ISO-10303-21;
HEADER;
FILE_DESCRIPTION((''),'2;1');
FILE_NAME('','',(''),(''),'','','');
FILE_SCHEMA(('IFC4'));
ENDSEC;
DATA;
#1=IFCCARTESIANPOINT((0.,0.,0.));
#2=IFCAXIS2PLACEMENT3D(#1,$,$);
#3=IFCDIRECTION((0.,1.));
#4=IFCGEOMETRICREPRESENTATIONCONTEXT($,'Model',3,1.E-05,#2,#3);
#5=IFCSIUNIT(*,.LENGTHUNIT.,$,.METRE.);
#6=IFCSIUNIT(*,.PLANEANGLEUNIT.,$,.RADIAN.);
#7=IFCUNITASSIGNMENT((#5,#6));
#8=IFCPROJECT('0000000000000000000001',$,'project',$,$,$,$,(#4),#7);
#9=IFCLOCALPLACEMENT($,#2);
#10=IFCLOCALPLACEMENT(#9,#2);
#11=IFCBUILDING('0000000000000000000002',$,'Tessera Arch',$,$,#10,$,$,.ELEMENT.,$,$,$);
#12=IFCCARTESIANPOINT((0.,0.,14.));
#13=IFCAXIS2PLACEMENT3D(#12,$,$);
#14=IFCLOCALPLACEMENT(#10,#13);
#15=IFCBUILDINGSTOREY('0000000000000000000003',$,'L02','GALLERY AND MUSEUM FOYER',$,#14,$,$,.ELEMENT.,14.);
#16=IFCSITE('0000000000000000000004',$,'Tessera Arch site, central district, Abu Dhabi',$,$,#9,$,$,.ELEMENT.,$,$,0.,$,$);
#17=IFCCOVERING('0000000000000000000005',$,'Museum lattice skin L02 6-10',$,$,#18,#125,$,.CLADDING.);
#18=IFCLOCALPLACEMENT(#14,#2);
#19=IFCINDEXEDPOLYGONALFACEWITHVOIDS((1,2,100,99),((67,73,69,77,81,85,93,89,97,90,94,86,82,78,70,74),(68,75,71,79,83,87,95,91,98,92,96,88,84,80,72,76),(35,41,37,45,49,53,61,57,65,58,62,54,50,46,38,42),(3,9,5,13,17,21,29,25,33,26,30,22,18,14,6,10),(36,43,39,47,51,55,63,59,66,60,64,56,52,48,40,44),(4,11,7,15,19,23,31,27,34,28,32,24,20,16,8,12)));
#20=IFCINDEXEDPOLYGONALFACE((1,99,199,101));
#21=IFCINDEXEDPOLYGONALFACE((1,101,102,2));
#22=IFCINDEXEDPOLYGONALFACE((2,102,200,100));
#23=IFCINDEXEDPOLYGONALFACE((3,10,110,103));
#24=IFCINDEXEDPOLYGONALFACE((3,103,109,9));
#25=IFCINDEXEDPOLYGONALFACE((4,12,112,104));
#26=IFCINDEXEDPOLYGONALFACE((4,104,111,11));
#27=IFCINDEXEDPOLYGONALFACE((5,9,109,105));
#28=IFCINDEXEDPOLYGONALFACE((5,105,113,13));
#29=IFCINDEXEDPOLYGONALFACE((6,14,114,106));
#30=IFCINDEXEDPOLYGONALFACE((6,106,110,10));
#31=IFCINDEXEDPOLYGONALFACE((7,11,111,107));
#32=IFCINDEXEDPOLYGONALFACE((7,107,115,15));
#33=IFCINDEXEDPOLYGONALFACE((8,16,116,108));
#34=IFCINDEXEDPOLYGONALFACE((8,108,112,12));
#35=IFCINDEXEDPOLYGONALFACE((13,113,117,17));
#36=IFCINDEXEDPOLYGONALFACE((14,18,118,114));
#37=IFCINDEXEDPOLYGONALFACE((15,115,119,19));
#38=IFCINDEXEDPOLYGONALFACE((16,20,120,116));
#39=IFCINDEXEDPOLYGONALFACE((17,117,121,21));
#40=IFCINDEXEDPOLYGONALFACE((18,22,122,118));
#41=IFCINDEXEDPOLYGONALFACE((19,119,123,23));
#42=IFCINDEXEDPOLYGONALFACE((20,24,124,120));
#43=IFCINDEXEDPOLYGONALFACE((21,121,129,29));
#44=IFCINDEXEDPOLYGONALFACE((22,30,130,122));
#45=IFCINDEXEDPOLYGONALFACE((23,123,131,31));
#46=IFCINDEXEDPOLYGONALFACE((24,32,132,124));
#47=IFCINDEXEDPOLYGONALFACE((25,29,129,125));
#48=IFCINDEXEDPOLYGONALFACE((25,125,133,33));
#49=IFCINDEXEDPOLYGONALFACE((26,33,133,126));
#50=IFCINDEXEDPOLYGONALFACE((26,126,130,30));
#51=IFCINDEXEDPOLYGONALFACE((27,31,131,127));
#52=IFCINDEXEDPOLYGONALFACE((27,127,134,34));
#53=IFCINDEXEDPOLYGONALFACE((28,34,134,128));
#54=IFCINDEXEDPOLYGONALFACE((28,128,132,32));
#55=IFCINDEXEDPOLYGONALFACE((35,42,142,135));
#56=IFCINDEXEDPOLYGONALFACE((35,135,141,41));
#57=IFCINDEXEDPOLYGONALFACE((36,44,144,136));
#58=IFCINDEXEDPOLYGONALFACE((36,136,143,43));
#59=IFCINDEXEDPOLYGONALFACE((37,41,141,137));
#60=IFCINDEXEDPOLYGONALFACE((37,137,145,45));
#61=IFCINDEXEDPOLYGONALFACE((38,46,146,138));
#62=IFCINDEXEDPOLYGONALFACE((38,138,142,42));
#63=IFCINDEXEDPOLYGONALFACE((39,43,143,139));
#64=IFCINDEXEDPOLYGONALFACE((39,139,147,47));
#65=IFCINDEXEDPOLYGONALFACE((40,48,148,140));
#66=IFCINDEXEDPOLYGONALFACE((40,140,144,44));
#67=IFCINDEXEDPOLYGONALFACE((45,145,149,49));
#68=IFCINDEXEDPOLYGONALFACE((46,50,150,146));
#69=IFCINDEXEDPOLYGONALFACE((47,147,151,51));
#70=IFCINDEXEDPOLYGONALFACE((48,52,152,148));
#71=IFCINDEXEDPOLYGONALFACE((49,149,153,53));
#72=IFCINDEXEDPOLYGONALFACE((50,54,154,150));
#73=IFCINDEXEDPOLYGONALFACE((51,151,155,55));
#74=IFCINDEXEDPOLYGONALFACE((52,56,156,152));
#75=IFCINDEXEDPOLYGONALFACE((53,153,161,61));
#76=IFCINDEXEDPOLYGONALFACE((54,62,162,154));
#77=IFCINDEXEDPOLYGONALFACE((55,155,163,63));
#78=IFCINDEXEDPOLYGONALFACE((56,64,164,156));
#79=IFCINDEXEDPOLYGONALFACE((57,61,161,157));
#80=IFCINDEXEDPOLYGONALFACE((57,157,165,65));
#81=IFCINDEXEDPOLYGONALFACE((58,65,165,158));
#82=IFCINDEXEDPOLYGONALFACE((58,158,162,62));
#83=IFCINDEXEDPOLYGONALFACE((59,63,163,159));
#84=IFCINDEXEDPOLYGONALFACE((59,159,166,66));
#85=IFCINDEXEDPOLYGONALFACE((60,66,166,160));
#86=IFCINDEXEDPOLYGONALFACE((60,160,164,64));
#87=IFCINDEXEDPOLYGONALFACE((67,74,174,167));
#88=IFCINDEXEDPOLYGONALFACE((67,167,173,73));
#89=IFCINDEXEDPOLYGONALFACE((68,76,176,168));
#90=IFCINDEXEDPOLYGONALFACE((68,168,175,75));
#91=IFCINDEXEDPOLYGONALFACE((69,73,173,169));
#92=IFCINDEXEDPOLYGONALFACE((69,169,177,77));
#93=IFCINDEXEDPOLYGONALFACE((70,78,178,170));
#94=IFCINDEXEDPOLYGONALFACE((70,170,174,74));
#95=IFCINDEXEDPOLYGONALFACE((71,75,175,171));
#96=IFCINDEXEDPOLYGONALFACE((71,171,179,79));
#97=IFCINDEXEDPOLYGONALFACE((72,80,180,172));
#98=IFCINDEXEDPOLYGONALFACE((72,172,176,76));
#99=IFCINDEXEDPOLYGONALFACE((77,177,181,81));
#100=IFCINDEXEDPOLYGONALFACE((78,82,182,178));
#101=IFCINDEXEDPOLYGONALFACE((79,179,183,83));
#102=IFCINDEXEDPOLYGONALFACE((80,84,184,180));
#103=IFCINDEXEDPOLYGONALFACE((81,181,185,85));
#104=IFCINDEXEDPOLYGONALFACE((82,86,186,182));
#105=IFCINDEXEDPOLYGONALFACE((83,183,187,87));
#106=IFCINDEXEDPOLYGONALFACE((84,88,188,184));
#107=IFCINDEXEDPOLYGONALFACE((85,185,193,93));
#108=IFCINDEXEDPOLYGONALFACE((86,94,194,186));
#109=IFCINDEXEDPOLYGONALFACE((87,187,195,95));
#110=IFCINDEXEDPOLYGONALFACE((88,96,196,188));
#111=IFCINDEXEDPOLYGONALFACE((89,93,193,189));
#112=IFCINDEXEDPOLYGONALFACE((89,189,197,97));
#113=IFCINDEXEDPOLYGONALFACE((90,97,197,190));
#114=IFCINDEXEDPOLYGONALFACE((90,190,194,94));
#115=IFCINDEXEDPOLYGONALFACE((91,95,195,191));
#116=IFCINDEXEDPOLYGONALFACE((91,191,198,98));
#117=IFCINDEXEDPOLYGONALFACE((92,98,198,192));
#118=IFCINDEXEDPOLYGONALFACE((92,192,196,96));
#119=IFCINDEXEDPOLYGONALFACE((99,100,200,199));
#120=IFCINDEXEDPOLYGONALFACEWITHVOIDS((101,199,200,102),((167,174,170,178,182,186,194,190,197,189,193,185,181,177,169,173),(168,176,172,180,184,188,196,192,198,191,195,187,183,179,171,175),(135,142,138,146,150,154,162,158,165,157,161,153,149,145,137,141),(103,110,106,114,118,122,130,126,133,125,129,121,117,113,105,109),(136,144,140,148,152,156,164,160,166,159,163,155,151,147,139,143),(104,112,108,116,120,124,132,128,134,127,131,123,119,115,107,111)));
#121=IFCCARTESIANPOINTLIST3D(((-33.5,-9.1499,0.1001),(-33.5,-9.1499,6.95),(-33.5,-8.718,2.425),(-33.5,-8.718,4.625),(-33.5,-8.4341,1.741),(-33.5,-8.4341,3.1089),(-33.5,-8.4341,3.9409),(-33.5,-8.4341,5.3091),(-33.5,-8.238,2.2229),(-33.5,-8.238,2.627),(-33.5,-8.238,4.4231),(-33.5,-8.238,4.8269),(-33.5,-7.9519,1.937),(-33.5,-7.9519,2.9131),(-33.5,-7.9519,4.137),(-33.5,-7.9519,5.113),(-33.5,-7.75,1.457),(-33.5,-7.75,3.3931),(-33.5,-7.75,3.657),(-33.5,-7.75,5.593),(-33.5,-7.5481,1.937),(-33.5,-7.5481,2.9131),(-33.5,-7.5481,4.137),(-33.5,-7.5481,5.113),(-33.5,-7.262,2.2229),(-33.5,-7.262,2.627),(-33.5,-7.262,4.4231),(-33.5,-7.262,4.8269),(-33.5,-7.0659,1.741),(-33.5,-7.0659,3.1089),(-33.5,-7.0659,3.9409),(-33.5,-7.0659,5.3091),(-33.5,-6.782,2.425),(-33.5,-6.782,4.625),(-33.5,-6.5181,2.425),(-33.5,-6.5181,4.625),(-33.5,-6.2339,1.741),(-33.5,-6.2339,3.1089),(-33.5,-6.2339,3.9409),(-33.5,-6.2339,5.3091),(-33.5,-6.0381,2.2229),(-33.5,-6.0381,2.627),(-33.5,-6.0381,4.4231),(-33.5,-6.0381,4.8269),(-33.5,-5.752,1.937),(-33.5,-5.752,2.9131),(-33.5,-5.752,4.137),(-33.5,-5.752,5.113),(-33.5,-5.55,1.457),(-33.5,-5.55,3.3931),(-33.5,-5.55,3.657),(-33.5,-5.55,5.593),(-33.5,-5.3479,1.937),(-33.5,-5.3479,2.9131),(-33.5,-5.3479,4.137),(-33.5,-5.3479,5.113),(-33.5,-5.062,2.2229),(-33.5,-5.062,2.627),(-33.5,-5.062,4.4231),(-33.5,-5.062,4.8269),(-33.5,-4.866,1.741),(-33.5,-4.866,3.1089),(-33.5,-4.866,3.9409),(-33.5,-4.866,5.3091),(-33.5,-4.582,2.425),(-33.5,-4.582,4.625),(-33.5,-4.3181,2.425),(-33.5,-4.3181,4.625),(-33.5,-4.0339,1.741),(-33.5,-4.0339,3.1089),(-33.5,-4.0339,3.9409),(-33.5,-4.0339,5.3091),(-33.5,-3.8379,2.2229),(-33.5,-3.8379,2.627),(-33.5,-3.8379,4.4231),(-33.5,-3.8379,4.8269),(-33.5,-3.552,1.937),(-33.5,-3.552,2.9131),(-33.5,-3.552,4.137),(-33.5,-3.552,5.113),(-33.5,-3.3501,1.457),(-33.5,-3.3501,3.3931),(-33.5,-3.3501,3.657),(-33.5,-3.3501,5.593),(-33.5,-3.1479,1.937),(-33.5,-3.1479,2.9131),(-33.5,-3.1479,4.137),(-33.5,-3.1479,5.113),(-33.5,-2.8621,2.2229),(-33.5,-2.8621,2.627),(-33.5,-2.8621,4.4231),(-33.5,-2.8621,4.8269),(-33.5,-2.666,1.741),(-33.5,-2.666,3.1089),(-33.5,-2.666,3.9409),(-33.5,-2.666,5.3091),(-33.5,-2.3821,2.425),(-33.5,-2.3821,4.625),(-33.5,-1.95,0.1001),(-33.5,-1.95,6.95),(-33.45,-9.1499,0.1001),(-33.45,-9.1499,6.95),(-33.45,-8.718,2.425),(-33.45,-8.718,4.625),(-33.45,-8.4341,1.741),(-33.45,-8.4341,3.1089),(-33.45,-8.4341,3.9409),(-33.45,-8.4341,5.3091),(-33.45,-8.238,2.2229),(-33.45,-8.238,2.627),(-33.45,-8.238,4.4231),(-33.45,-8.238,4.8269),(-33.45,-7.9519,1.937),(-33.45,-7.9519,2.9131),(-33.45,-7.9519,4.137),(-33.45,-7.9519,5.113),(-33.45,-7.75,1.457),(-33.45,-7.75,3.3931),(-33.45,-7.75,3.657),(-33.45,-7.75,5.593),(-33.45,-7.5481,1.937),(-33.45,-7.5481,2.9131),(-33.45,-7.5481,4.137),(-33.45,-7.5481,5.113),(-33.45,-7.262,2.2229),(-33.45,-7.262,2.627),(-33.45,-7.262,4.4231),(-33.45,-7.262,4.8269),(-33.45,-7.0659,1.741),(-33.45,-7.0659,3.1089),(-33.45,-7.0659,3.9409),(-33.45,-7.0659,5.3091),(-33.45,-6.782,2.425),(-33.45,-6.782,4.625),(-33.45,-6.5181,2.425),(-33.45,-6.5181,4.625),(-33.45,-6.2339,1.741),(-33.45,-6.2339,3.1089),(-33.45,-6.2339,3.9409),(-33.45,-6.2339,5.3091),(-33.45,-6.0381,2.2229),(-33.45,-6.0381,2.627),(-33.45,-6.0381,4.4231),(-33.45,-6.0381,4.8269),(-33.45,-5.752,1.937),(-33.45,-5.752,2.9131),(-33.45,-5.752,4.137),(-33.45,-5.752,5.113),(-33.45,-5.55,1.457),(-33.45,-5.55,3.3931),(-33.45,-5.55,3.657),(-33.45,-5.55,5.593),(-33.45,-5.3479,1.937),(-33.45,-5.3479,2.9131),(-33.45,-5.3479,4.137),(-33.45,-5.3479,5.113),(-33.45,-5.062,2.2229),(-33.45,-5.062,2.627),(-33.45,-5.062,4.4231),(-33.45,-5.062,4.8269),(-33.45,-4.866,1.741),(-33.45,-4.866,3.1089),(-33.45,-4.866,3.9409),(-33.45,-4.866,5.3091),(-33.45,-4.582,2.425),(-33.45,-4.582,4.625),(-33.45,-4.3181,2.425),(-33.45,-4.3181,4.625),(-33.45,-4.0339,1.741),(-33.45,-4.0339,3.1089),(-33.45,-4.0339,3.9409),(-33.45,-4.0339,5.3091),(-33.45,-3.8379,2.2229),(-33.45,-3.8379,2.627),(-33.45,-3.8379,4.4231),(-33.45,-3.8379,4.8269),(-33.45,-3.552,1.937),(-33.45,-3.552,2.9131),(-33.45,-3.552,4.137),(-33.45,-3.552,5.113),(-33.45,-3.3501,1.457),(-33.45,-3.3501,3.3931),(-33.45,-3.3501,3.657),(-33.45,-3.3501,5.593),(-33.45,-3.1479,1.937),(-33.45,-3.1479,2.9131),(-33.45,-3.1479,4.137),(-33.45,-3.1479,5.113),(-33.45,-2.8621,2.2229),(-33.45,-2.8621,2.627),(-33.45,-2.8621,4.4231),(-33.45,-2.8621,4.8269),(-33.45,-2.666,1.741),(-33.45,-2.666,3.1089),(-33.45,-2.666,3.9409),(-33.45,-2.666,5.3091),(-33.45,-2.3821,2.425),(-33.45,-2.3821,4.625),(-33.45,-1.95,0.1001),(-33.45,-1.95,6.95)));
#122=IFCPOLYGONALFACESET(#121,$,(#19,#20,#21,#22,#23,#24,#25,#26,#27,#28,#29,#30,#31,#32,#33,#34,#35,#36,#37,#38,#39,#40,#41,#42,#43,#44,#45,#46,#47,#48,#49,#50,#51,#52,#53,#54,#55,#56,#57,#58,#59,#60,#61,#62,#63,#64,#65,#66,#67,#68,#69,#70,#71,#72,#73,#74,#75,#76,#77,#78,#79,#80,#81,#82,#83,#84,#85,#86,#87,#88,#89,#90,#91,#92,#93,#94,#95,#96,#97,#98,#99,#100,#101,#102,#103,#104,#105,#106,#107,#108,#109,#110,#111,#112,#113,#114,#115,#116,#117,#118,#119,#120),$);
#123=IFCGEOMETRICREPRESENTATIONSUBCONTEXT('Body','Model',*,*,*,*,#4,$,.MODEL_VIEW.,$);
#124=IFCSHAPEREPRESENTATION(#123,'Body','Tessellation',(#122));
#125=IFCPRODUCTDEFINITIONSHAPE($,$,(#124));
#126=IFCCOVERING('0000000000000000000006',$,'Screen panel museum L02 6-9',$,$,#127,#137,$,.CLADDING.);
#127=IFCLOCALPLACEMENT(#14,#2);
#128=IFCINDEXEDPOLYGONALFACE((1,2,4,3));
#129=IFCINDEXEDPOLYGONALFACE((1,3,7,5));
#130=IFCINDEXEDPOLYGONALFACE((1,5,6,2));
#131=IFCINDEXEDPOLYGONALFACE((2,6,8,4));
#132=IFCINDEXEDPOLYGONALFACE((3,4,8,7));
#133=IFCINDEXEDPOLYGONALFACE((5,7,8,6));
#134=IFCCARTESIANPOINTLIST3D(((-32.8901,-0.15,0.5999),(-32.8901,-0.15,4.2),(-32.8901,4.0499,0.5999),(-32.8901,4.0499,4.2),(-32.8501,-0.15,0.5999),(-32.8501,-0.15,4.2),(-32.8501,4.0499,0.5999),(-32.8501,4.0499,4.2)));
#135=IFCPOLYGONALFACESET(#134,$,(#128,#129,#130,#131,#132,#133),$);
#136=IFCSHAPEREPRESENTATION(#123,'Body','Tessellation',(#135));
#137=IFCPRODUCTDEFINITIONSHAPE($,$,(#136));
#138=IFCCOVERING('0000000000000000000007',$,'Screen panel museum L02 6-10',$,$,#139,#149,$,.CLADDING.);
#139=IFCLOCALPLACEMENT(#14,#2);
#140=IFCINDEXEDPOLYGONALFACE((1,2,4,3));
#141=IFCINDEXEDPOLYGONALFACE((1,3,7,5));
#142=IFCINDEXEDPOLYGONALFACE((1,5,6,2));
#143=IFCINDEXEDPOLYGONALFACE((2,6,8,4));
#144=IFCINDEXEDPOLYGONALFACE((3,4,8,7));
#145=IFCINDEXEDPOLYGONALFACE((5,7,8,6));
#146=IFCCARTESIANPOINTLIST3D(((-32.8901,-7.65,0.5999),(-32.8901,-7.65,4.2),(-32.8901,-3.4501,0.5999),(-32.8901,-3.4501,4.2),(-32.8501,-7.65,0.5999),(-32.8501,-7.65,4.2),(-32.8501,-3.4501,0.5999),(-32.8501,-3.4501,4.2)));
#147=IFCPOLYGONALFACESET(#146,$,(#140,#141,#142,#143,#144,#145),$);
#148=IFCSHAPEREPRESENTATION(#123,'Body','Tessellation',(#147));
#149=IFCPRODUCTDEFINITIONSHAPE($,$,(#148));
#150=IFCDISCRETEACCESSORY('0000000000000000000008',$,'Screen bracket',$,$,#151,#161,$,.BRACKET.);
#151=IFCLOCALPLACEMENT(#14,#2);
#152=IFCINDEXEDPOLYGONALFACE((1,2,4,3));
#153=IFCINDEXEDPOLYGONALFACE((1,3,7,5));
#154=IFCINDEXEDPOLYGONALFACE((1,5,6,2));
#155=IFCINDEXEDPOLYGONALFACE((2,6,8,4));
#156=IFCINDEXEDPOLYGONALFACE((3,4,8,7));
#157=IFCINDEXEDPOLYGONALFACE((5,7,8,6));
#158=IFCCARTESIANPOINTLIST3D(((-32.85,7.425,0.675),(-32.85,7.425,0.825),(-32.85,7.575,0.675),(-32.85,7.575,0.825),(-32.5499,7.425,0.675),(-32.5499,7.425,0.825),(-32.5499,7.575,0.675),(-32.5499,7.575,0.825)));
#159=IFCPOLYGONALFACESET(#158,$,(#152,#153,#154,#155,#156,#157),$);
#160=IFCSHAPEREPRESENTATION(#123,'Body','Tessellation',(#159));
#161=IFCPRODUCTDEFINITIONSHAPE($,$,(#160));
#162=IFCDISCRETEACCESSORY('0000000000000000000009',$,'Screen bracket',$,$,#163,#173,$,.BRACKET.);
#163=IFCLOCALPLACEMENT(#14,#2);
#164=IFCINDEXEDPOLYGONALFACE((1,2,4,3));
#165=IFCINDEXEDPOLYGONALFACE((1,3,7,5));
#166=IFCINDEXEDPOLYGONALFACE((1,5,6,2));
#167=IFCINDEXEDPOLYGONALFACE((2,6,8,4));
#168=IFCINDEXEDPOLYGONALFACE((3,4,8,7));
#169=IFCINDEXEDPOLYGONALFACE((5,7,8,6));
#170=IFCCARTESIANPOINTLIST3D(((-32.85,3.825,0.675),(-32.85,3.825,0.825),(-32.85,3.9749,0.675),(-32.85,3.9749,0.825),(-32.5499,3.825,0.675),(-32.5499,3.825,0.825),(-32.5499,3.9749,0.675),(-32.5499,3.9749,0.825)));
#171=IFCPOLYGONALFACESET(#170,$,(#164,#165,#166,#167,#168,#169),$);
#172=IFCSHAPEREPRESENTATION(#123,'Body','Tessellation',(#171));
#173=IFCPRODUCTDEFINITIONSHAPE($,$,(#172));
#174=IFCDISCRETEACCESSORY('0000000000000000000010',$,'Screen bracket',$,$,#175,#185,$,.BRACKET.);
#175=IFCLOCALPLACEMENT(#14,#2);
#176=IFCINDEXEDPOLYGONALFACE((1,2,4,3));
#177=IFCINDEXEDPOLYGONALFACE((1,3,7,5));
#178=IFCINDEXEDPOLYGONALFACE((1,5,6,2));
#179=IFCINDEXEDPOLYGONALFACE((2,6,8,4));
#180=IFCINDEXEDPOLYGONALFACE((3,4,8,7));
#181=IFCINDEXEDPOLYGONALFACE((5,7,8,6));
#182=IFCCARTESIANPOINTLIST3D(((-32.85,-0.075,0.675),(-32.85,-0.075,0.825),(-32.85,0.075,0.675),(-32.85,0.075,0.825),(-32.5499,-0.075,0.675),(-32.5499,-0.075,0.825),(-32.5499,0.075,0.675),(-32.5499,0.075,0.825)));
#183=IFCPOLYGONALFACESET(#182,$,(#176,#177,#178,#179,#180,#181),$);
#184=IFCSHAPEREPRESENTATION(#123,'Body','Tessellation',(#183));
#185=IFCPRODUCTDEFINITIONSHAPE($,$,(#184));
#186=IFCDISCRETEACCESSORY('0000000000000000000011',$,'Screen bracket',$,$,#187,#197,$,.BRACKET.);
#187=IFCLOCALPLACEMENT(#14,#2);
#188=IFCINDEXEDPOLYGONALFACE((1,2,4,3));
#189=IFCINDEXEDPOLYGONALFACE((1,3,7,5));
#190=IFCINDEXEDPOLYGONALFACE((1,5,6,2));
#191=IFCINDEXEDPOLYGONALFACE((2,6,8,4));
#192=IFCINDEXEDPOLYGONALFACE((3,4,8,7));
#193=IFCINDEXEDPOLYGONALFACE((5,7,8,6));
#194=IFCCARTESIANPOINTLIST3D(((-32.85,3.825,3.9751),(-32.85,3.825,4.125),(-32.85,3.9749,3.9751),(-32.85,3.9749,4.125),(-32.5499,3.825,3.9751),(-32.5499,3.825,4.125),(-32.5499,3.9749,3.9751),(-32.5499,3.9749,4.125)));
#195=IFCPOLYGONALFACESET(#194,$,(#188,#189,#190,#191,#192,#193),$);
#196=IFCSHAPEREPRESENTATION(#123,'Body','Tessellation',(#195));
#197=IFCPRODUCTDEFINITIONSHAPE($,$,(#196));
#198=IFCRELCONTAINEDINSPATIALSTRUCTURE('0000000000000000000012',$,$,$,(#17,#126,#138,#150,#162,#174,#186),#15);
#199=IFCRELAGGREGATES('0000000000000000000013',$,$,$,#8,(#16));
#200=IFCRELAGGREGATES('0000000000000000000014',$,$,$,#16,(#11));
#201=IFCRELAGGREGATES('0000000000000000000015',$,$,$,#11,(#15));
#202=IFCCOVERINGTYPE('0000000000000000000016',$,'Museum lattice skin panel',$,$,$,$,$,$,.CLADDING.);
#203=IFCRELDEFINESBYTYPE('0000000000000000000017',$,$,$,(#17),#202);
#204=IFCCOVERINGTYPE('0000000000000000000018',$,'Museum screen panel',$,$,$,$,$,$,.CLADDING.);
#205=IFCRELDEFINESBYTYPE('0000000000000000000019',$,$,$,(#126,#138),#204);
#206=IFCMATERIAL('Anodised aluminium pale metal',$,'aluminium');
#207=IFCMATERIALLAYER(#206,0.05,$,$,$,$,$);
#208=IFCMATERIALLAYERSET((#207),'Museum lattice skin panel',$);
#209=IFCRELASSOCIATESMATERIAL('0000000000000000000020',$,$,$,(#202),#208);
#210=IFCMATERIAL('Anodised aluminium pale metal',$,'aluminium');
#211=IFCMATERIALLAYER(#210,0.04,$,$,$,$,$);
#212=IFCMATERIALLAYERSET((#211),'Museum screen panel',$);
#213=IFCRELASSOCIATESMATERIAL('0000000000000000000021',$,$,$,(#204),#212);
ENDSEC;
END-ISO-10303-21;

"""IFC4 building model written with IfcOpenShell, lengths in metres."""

from ifc_helpers import new_model, si_unit, direction, frame, origin, origin_2d, place, context, subcontext, project, spatial, polyline, rectangle, outline, extrude, material, layer, layer_set, type_object, element, save


model = new_model("IFC4")

# Units and contexts
model_context = context("Model", 3, precision=1e-05, world=origin(), true_north=direction((0.0, 1.0)))
body_context = subcontext(model_context, "Body", "Model", "MODEL_VIEW")
ifc_project = project(units=[si_unit("LENGTHUNIT", "METRE"), si_unit("PLANEANGLEUNIT", "RADIAN")], contexts=[model_context])

# Site, building, storey
site_placement = place(None, origin())
site = spatial("IfcSite", under=ifc_project, at=site_placement, Name="Tessera Arch site, central district, Abu Dhabi", CompositionType="ELEMENT", RefElevation=0.0)
building_placement = place(site_placement, origin())
building = spatial("IfcBuilding", under=site, at=building_placement, Name="Tessera Arch", CompositionType="ELEMENT")
storey_placement = place(building_placement, frame((0.0, 0.0, 14.0)))
storey = spatial("IfcBuildingStorey", under=building, at=storey_placement, Name="L02", Description="GALLERY AND MUSEUM FOYER", CompositionType="ELEMENT", Elevation=14.0)

# Coverings
ifc_material_1 = material(Name="Anodised aluminium pale metal", Category="aluminium")
ifc_layer_1 = layer(ifc_material_1, 0.05)
ifc_layer_set_1 = layer_set([ifc_layer_1], Name="Museum lattice skin panel")
covering_type_1 = type_object("IfcCoveringType", Name="Museum lattice skin panel", PredefinedType="CLADDING", material=ifc_layer_set_1)
covering_1_placement = place(storey_placement, frame((-33.45, -1.95, 6.95), z_axis=(1.0, 0.0, 0.0), x_axis=(0.0, -1.0, 0.0)))
element("IfcCovering", 1, at=covering_1_placement, inside=storey, type_object=covering_type_1, Name="Museum lattice skin L02 6-10", PredefinedType="CLADDING", context=body_context, shape_type="SweptSolid", body=[
    extrude(outline(polyline([(0.0, 0.0), (7.2, 0.0), (7.2, 6.8499), (0.0, 6.8499), (0.0, 0.0)]), holes=[polyline([(2.3682, 4.5249), (1.8879, 4.323), (2.084, 3.8411), (1.6021, 4.0369), (1.4001, 3.5569), (1.198, 4.0369), (0.7161, 3.8411), (0.9121, 4.323), (0.4321, 4.5249), (0.9121, 4.7271), (0.7161, 5.209), (1.198, 5.0129), (1.4001, 5.4929), (1.6021, 5.0129), (2.084, 5.209), (1.8879, 4.7271), (2.3682, 4.5249)]), polyline([(2.3682, 2.325), (1.8879, 2.123), (2.084, 1.6409), (1.6021, 1.8369), (1.4001, 1.3569), (1.198, 1.8369), (0.7161, 1.6409), (0.9121, 2.123), (0.4321, 2.325), (0.9121, 2.5269), (0.7161, 3.009), (1.198, 2.813), (1.4001, 3.293), (1.6021, 2.813), (2.084, 3.009), (1.8879, 2.5269), (2.3682, 2.325)]), polyline([(4.5681, 4.5249), (4.0881, 4.323), (4.2839, 3.8411), (3.802, 4.0369), (3.6001, 3.5569), (3.3979, 4.0369), (2.916, 3.8411), (3.1121, 4.323), (2.6321, 4.5249), (3.1121, 4.7271), (2.916, 5.209), (3.3979, 5.0129), (3.6001, 5.4929), (3.802, 5.0129), (4.2839, 5.209), (4.0881, 4.7271), (4.5681, 4.5249)]), polyline([(4.5681, 2.325), (4.0881, 2.123), (4.2839, 1.6409), (3.802, 1.8369), (3.6001, 1.3569), (3.3979, 1.8369), (2.916, 1.6409), (3.1121, 2.123), (2.6321, 2.325), (3.1121, 2.5269), (2.916, 3.009), (3.3979, 2.813), (3.6001, 3.293), (3.802, 2.813), (4.2839, 3.009), (4.0881, 2.5269), (4.5681, 2.325)]), polyline([(6.7681, 4.5249), (6.2881, 4.323), (6.4841, 3.8411), (6.002, 4.0369), (5.8, 3.5569), (5.5981, 4.0369), (5.116, 3.8411), (5.312, 4.323), (4.832, 4.5249), (5.312, 4.7271), (5.116, 5.209), (5.5981, 5.0129), (5.8, 5.4929), (6.002, 5.0129), (6.4841, 5.209), (6.2881, 4.7271), (6.7681, 4.5249)]), polyline([(6.7681, 2.325), (6.2881, 2.123), (6.4841, 1.6409), (6.002, 1.8369), (5.8, 1.3569), (5.5981, 1.8369), (5.116, 1.6409), (5.312, 2.123), (4.832, 2.325), (5.312, 2.5269), (5.116, 3.009), (5.5981, 2.813), (5.8, 3.293), (6.002, 2.813), (6.4841, 3.009), (6.2881, 2.5269), (6.7681, 2.325)])]), origin(), (0.0, 0.0, -1.0), 0.05),
])
ifc_material_2 = material(Name="Anodised aluminium pale metal", Category="aluminium")
ifc_layer_2 = layer(ifc_material_2, 0.04)
ifc_layer_set_2 = layer_set([ifc_layer_2], Name="Museum screen panel")
covering_type_2 = type_object("IfcCoveringType", Name="Museum screen panel", PredefinedType="CLADDING", material=ifc_layer_set_2)
for number, where, z_axis, x_axis, name in (
    (2, (-32.8701, 1.95, 0.5999), (0.0, 0.0, 1.0), (0.0, -1.0, 0.0), "Screen panel museum L02 6-9"),
    (3, (-32.8701, -5.55, 0.5999), (0.0, 0.0, 1.0), (0.0, -1.0, 0.0), "Screen panel museum L02 6-10"),
):
    element("IfcCovering", number, at=place(storey_placement, frame(where, z_axis=z_axis, x_axis=x_axis)), inside=storey, type_object=covering_type_2, Name=name, PredefinedType="CLADDING", context=body_context, shape_type="SweptSolid", body=[
        extrude(rectangle(XDim=4.2, YDim=0.04, at=origin_2d()), origin(), (0.0, 0.0, 1.0), 3.6001),
    ])

# Discrete accessories
for number, where, z_axis, x_axis, name in (
    (4, (-32.7, 7.5, 0.675), (0.0, 0.0, 1.0), (-1.0, 0.0, 0.0), "Screen bracket"),
    (5, (-32.7, 3.8999, 0.675), (0.0, 0.0, 1.0), (-1.0, 0.0, 0.0), "Screen bracket"),
    (6, (-32.7, 0.0, 0.675), (0.0, 0.0, 1.0), (-1.0, 0.0, 0.0), "Screen bracket"),
    (7, (-32.7, 3.8999, 3.9751), (0.0, 0.0, 1.0), (-1.0, 0.0, 0.0), "Screen bracket"),
):
    element("IfcDiscreteAccessory", number, at=place(storey_placement, frame(where, z_axis=z_axis, x_axis=x_axis)), inside=storey, Name=name, PredefinedType="BRACKET", context=body_context, shape_type="SweptSolid", body=[
        extrude(rectangle(XDim=0.3, YDim=0.1499, at=origin_2d()), origin(), (0.0, 0.0, 1.0), 0.1499),
    ])

save(model, "model.ifc")
